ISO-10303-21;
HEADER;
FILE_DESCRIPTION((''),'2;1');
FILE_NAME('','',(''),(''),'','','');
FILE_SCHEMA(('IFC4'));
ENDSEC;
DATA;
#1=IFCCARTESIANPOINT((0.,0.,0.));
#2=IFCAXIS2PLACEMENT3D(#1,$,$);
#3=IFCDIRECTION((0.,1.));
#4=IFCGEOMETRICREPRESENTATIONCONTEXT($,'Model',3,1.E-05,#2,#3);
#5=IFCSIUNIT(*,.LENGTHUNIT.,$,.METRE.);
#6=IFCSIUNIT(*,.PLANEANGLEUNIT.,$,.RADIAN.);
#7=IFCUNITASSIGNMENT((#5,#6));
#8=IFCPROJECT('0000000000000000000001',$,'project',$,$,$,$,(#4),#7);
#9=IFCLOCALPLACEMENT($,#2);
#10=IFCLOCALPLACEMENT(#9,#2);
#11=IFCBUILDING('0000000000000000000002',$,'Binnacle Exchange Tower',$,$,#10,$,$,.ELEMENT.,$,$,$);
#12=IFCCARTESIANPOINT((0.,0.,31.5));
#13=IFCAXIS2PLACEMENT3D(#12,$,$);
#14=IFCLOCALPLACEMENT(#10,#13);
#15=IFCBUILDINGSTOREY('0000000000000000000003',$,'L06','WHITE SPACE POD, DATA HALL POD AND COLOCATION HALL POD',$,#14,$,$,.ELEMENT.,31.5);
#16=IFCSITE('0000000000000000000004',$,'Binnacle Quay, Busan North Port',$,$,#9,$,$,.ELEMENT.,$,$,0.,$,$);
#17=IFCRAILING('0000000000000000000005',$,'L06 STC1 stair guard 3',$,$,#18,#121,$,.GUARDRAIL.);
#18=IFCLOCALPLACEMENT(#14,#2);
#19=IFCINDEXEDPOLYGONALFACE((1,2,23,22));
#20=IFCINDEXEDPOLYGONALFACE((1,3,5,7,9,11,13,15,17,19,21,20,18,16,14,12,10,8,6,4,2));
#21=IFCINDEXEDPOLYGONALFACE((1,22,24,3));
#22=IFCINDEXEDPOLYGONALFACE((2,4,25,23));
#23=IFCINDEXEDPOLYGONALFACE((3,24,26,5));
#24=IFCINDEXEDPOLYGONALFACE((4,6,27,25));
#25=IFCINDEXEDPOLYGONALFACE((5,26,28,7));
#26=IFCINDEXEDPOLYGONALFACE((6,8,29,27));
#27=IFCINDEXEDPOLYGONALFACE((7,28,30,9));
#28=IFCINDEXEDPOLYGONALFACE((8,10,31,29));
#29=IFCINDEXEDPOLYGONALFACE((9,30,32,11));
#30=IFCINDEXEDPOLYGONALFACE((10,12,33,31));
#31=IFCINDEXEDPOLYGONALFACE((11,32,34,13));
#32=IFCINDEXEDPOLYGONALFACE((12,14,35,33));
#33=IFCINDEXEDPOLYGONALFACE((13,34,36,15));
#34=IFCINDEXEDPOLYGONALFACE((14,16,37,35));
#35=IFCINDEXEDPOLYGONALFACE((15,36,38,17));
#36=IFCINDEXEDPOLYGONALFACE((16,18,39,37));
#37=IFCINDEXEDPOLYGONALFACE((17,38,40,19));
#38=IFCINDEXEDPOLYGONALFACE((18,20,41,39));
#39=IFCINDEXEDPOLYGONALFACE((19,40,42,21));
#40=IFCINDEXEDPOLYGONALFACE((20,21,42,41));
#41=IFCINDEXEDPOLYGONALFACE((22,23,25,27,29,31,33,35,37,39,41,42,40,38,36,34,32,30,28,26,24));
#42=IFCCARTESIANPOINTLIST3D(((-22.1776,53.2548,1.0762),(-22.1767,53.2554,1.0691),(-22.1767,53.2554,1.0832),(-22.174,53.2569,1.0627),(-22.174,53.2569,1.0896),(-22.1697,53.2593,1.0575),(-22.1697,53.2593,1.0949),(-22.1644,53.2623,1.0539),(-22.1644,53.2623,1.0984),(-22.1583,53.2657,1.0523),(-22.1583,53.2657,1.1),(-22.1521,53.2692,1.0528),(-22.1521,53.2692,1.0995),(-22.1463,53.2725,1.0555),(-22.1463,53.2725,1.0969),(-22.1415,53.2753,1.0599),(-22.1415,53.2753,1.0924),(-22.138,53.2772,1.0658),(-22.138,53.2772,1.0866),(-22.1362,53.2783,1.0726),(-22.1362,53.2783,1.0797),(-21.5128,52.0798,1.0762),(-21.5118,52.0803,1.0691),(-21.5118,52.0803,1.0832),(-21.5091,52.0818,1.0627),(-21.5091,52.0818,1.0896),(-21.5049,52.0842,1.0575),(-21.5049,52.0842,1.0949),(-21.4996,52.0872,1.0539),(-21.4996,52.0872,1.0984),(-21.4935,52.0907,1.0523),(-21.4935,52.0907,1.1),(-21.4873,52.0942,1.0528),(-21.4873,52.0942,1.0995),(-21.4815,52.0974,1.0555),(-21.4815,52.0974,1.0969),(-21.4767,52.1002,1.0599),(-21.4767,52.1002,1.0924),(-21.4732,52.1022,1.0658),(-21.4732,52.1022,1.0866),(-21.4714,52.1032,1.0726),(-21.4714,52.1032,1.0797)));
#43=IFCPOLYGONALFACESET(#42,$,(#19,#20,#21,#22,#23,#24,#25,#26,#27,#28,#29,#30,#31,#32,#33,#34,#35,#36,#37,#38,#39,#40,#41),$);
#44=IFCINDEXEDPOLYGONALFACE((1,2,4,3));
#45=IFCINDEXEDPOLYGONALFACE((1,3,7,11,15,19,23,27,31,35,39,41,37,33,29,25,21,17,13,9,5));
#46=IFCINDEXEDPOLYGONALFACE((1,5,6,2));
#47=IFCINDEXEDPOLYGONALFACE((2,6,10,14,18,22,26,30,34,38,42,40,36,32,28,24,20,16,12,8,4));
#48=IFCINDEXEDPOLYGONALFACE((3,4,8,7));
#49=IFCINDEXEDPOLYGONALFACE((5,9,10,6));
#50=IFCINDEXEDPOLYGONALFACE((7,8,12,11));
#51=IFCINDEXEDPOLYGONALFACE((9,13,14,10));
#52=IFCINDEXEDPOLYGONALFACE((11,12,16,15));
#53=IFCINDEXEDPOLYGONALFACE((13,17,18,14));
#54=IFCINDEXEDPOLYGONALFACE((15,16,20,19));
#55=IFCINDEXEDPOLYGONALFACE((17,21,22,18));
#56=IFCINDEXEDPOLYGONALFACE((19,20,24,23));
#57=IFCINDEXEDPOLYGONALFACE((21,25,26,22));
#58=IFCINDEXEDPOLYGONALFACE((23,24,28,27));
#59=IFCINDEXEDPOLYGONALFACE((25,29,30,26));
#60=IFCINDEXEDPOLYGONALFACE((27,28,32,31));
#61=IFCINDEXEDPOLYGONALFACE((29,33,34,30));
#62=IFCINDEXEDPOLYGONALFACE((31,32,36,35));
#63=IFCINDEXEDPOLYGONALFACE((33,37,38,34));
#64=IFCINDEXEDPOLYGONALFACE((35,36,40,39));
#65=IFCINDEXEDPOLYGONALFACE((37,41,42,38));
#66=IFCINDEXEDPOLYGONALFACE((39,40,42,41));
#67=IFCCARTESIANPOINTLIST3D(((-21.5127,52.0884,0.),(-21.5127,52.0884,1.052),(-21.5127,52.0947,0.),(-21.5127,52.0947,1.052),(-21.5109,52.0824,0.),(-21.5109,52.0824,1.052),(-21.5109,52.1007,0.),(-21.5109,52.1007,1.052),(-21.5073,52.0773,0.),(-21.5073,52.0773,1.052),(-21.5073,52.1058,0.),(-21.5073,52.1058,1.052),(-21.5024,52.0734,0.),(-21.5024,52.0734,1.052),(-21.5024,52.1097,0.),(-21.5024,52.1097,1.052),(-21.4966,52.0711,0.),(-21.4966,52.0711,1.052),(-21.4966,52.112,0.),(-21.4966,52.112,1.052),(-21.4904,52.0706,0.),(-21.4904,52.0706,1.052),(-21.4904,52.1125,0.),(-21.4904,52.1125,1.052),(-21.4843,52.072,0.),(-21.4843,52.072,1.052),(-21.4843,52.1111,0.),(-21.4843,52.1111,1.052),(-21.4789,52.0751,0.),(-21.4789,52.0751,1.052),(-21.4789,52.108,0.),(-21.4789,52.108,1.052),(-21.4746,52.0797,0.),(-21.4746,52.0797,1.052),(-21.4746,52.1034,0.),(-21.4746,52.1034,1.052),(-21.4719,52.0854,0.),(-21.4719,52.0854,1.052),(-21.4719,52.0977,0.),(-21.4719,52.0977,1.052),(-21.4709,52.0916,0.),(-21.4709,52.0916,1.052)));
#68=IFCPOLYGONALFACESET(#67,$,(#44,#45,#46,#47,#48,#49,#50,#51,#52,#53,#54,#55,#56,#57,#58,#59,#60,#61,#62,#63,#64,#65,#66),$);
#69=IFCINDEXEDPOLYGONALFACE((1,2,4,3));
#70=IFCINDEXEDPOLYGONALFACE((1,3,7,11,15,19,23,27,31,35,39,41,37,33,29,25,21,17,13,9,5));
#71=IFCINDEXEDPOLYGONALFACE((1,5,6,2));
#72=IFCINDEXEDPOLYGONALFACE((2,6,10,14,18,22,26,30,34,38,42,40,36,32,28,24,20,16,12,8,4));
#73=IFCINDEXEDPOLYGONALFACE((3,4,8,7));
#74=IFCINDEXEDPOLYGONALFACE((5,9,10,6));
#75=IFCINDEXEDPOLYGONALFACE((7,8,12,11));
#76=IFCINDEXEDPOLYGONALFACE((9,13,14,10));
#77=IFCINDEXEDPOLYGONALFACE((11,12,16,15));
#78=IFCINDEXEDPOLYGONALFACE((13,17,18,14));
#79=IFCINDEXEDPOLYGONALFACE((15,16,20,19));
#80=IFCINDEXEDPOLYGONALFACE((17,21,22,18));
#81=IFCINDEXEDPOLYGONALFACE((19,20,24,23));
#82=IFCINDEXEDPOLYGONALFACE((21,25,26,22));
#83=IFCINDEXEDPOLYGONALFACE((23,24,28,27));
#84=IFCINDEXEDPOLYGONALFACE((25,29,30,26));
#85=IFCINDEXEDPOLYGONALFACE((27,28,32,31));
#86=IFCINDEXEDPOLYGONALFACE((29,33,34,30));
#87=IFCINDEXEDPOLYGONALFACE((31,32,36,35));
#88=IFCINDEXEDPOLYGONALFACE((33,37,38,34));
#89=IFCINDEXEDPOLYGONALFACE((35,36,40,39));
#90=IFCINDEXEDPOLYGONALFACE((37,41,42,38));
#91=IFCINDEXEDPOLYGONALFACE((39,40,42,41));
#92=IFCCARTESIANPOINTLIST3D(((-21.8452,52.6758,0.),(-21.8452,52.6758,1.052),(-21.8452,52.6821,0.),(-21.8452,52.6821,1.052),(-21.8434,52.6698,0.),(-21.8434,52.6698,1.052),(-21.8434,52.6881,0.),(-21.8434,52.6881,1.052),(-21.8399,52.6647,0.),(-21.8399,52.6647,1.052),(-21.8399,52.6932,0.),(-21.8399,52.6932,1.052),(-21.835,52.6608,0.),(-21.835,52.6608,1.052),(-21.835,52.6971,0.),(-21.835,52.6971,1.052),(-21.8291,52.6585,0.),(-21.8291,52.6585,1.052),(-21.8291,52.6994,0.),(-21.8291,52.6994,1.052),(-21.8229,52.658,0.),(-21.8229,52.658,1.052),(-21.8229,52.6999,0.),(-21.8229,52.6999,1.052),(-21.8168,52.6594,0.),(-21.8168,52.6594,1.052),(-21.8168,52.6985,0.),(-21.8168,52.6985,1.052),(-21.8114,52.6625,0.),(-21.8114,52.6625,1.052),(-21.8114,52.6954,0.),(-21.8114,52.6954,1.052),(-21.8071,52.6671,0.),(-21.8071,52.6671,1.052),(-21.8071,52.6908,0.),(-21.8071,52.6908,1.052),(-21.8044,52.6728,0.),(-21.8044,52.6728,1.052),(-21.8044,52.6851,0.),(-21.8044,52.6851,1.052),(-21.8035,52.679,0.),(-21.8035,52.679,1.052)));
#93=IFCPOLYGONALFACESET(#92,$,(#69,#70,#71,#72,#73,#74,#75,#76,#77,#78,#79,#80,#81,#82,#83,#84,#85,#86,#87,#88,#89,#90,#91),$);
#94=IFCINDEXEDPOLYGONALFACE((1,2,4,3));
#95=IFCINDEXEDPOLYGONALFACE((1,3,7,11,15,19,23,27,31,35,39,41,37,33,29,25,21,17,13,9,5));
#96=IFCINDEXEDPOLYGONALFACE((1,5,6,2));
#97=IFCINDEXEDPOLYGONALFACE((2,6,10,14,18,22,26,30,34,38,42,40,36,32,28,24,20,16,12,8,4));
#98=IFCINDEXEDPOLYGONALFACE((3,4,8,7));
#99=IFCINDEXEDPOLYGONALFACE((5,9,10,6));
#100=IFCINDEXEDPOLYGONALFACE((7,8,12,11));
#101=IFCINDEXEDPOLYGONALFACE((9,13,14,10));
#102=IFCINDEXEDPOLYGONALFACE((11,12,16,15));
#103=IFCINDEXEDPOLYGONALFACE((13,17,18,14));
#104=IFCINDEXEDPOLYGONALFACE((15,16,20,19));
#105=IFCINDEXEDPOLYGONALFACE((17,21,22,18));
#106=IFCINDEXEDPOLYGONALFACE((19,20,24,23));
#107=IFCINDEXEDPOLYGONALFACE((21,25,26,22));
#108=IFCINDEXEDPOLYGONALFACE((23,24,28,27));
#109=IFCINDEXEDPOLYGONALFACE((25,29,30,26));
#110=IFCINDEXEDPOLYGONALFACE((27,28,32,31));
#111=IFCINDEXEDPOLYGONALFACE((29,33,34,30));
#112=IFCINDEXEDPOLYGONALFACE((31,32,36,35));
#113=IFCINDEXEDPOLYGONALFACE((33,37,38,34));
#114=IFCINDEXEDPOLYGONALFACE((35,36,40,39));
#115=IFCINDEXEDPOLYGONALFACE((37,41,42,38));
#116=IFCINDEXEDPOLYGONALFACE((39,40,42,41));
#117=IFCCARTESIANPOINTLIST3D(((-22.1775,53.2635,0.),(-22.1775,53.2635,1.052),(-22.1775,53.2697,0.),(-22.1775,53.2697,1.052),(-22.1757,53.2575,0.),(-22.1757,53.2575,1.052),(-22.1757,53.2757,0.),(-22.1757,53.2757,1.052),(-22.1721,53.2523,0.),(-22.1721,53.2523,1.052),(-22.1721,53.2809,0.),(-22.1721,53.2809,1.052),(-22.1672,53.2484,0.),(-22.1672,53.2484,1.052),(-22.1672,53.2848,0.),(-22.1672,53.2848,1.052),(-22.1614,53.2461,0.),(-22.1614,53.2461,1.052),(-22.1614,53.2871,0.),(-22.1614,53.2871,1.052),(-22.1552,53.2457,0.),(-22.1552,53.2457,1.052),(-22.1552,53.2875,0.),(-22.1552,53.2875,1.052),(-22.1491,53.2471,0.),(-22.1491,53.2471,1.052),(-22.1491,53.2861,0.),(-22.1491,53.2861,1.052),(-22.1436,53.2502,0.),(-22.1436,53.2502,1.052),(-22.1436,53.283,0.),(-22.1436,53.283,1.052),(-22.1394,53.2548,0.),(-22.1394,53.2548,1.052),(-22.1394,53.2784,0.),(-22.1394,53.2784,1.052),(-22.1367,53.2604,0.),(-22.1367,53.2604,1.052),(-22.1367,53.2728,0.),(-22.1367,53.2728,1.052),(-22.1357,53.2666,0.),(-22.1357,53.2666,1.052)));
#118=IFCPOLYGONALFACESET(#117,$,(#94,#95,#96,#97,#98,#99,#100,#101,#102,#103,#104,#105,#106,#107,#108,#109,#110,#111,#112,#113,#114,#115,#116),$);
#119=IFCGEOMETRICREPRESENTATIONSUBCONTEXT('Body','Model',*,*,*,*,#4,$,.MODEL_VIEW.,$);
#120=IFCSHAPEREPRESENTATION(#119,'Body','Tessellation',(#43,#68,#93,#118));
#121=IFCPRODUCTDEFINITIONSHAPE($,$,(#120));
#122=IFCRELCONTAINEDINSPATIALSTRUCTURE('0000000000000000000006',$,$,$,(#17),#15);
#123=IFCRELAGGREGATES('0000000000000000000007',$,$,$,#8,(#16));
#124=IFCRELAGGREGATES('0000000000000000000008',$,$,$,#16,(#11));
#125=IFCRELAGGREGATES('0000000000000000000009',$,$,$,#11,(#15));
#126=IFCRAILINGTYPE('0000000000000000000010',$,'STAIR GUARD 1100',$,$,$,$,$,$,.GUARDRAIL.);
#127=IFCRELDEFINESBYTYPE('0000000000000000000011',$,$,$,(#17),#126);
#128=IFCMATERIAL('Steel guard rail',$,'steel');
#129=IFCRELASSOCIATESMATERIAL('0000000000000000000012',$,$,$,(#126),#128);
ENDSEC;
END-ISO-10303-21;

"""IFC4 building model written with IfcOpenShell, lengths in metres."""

from ifc_helpers import new_model, si_unit, direction, frame, origin, origin_2d, place, context, subcontext, project, spatial, circle, extrude, material, type_object, element, save


model = new_model("IFC4")

# Units and contexts
model_context = context("Model", 3, precision=1e-05, world=origin(), true_north=direction((0.0, 1.0)))
body_context = subcontext(model_context, "Body", "Model", "MODEL_VIEW")
ifc_project = project(units=[si_unit("LENGTHUNIT", "METRE"), si_unit("PLANEANGLEUNIT", "RADIAN")], contexts=[model_context])

# Site, building, storey
site_placement = place(None, origin())
site = spatial("IfcSite", under=ifc_project, at=site_placement, Name="Binnacle Quay, Busan North Port", CompositionType="ELEMENT", RefElevation=0.0)
building_placement = place(site_placement, origin())
building = spatial("IfcBuilding", under=site, at=building_placement, Name="Binnacle Exchange Tower", CompositionType="ELEMENT")
storey_placement = place(building_placement, frame((0.0, 0.0, 31.5)))
storey = spatial("IfcBuildingStorey", under=building, at=storey_placement, Name="L06", Description="WHITE SPACE POD, DATA HALL POD AND COLOCATION HALL POD", CompositionType="ELEMENT", Elevation=31.5)

# Railing
ifc_material_1 = material(Name="Steel guard rail", Category="steel")
railing_type_1 = type_object("IfcRailingType", Name="STAIR GUARD 1100", PredefinedType="GUARDRAIL", material=ifc_material_1)
railing_1_placement = place(storey_placement, frame((-21.4919, 52.0916, 0.0)))
element("IfcRailing", 1, at=railing_1_placement, inside=storey, type_object=railing_type_1, Name="L06 STC1 stair guard 3", PredefinedType="GUARDRAIL", context=body_context, shape_type="SweptSolid", body=[
    extrude(circle(Radius=0.0239, at=origin_2d()), frame((0.0, 0.0, 1.0762), z_axis=(-0.492415, 0.870361, 0.0), x_axis=(-0.870361, -0.492415, 0.0)), (0.0, 0.0, 1.0), 1.3501),
    extrude(circle(Radius=0.021, at=origin_2d()), origin(), (0.0, 0.0, 1.0), 1.052),
    extrude(circle(Radius=0.021, at=origin_2d()), frame((-0.3325, 0.5874, 0.0)), (0.0, 0.0, 1.0), 1.052),
    extrude(circle(Radius=0.021, at=origin_2d()), frame((-0.6648, 1.175, 0.0)), (0.0, 0.0, 1.0), 1.052),
])

save(model, "model.ifc")
